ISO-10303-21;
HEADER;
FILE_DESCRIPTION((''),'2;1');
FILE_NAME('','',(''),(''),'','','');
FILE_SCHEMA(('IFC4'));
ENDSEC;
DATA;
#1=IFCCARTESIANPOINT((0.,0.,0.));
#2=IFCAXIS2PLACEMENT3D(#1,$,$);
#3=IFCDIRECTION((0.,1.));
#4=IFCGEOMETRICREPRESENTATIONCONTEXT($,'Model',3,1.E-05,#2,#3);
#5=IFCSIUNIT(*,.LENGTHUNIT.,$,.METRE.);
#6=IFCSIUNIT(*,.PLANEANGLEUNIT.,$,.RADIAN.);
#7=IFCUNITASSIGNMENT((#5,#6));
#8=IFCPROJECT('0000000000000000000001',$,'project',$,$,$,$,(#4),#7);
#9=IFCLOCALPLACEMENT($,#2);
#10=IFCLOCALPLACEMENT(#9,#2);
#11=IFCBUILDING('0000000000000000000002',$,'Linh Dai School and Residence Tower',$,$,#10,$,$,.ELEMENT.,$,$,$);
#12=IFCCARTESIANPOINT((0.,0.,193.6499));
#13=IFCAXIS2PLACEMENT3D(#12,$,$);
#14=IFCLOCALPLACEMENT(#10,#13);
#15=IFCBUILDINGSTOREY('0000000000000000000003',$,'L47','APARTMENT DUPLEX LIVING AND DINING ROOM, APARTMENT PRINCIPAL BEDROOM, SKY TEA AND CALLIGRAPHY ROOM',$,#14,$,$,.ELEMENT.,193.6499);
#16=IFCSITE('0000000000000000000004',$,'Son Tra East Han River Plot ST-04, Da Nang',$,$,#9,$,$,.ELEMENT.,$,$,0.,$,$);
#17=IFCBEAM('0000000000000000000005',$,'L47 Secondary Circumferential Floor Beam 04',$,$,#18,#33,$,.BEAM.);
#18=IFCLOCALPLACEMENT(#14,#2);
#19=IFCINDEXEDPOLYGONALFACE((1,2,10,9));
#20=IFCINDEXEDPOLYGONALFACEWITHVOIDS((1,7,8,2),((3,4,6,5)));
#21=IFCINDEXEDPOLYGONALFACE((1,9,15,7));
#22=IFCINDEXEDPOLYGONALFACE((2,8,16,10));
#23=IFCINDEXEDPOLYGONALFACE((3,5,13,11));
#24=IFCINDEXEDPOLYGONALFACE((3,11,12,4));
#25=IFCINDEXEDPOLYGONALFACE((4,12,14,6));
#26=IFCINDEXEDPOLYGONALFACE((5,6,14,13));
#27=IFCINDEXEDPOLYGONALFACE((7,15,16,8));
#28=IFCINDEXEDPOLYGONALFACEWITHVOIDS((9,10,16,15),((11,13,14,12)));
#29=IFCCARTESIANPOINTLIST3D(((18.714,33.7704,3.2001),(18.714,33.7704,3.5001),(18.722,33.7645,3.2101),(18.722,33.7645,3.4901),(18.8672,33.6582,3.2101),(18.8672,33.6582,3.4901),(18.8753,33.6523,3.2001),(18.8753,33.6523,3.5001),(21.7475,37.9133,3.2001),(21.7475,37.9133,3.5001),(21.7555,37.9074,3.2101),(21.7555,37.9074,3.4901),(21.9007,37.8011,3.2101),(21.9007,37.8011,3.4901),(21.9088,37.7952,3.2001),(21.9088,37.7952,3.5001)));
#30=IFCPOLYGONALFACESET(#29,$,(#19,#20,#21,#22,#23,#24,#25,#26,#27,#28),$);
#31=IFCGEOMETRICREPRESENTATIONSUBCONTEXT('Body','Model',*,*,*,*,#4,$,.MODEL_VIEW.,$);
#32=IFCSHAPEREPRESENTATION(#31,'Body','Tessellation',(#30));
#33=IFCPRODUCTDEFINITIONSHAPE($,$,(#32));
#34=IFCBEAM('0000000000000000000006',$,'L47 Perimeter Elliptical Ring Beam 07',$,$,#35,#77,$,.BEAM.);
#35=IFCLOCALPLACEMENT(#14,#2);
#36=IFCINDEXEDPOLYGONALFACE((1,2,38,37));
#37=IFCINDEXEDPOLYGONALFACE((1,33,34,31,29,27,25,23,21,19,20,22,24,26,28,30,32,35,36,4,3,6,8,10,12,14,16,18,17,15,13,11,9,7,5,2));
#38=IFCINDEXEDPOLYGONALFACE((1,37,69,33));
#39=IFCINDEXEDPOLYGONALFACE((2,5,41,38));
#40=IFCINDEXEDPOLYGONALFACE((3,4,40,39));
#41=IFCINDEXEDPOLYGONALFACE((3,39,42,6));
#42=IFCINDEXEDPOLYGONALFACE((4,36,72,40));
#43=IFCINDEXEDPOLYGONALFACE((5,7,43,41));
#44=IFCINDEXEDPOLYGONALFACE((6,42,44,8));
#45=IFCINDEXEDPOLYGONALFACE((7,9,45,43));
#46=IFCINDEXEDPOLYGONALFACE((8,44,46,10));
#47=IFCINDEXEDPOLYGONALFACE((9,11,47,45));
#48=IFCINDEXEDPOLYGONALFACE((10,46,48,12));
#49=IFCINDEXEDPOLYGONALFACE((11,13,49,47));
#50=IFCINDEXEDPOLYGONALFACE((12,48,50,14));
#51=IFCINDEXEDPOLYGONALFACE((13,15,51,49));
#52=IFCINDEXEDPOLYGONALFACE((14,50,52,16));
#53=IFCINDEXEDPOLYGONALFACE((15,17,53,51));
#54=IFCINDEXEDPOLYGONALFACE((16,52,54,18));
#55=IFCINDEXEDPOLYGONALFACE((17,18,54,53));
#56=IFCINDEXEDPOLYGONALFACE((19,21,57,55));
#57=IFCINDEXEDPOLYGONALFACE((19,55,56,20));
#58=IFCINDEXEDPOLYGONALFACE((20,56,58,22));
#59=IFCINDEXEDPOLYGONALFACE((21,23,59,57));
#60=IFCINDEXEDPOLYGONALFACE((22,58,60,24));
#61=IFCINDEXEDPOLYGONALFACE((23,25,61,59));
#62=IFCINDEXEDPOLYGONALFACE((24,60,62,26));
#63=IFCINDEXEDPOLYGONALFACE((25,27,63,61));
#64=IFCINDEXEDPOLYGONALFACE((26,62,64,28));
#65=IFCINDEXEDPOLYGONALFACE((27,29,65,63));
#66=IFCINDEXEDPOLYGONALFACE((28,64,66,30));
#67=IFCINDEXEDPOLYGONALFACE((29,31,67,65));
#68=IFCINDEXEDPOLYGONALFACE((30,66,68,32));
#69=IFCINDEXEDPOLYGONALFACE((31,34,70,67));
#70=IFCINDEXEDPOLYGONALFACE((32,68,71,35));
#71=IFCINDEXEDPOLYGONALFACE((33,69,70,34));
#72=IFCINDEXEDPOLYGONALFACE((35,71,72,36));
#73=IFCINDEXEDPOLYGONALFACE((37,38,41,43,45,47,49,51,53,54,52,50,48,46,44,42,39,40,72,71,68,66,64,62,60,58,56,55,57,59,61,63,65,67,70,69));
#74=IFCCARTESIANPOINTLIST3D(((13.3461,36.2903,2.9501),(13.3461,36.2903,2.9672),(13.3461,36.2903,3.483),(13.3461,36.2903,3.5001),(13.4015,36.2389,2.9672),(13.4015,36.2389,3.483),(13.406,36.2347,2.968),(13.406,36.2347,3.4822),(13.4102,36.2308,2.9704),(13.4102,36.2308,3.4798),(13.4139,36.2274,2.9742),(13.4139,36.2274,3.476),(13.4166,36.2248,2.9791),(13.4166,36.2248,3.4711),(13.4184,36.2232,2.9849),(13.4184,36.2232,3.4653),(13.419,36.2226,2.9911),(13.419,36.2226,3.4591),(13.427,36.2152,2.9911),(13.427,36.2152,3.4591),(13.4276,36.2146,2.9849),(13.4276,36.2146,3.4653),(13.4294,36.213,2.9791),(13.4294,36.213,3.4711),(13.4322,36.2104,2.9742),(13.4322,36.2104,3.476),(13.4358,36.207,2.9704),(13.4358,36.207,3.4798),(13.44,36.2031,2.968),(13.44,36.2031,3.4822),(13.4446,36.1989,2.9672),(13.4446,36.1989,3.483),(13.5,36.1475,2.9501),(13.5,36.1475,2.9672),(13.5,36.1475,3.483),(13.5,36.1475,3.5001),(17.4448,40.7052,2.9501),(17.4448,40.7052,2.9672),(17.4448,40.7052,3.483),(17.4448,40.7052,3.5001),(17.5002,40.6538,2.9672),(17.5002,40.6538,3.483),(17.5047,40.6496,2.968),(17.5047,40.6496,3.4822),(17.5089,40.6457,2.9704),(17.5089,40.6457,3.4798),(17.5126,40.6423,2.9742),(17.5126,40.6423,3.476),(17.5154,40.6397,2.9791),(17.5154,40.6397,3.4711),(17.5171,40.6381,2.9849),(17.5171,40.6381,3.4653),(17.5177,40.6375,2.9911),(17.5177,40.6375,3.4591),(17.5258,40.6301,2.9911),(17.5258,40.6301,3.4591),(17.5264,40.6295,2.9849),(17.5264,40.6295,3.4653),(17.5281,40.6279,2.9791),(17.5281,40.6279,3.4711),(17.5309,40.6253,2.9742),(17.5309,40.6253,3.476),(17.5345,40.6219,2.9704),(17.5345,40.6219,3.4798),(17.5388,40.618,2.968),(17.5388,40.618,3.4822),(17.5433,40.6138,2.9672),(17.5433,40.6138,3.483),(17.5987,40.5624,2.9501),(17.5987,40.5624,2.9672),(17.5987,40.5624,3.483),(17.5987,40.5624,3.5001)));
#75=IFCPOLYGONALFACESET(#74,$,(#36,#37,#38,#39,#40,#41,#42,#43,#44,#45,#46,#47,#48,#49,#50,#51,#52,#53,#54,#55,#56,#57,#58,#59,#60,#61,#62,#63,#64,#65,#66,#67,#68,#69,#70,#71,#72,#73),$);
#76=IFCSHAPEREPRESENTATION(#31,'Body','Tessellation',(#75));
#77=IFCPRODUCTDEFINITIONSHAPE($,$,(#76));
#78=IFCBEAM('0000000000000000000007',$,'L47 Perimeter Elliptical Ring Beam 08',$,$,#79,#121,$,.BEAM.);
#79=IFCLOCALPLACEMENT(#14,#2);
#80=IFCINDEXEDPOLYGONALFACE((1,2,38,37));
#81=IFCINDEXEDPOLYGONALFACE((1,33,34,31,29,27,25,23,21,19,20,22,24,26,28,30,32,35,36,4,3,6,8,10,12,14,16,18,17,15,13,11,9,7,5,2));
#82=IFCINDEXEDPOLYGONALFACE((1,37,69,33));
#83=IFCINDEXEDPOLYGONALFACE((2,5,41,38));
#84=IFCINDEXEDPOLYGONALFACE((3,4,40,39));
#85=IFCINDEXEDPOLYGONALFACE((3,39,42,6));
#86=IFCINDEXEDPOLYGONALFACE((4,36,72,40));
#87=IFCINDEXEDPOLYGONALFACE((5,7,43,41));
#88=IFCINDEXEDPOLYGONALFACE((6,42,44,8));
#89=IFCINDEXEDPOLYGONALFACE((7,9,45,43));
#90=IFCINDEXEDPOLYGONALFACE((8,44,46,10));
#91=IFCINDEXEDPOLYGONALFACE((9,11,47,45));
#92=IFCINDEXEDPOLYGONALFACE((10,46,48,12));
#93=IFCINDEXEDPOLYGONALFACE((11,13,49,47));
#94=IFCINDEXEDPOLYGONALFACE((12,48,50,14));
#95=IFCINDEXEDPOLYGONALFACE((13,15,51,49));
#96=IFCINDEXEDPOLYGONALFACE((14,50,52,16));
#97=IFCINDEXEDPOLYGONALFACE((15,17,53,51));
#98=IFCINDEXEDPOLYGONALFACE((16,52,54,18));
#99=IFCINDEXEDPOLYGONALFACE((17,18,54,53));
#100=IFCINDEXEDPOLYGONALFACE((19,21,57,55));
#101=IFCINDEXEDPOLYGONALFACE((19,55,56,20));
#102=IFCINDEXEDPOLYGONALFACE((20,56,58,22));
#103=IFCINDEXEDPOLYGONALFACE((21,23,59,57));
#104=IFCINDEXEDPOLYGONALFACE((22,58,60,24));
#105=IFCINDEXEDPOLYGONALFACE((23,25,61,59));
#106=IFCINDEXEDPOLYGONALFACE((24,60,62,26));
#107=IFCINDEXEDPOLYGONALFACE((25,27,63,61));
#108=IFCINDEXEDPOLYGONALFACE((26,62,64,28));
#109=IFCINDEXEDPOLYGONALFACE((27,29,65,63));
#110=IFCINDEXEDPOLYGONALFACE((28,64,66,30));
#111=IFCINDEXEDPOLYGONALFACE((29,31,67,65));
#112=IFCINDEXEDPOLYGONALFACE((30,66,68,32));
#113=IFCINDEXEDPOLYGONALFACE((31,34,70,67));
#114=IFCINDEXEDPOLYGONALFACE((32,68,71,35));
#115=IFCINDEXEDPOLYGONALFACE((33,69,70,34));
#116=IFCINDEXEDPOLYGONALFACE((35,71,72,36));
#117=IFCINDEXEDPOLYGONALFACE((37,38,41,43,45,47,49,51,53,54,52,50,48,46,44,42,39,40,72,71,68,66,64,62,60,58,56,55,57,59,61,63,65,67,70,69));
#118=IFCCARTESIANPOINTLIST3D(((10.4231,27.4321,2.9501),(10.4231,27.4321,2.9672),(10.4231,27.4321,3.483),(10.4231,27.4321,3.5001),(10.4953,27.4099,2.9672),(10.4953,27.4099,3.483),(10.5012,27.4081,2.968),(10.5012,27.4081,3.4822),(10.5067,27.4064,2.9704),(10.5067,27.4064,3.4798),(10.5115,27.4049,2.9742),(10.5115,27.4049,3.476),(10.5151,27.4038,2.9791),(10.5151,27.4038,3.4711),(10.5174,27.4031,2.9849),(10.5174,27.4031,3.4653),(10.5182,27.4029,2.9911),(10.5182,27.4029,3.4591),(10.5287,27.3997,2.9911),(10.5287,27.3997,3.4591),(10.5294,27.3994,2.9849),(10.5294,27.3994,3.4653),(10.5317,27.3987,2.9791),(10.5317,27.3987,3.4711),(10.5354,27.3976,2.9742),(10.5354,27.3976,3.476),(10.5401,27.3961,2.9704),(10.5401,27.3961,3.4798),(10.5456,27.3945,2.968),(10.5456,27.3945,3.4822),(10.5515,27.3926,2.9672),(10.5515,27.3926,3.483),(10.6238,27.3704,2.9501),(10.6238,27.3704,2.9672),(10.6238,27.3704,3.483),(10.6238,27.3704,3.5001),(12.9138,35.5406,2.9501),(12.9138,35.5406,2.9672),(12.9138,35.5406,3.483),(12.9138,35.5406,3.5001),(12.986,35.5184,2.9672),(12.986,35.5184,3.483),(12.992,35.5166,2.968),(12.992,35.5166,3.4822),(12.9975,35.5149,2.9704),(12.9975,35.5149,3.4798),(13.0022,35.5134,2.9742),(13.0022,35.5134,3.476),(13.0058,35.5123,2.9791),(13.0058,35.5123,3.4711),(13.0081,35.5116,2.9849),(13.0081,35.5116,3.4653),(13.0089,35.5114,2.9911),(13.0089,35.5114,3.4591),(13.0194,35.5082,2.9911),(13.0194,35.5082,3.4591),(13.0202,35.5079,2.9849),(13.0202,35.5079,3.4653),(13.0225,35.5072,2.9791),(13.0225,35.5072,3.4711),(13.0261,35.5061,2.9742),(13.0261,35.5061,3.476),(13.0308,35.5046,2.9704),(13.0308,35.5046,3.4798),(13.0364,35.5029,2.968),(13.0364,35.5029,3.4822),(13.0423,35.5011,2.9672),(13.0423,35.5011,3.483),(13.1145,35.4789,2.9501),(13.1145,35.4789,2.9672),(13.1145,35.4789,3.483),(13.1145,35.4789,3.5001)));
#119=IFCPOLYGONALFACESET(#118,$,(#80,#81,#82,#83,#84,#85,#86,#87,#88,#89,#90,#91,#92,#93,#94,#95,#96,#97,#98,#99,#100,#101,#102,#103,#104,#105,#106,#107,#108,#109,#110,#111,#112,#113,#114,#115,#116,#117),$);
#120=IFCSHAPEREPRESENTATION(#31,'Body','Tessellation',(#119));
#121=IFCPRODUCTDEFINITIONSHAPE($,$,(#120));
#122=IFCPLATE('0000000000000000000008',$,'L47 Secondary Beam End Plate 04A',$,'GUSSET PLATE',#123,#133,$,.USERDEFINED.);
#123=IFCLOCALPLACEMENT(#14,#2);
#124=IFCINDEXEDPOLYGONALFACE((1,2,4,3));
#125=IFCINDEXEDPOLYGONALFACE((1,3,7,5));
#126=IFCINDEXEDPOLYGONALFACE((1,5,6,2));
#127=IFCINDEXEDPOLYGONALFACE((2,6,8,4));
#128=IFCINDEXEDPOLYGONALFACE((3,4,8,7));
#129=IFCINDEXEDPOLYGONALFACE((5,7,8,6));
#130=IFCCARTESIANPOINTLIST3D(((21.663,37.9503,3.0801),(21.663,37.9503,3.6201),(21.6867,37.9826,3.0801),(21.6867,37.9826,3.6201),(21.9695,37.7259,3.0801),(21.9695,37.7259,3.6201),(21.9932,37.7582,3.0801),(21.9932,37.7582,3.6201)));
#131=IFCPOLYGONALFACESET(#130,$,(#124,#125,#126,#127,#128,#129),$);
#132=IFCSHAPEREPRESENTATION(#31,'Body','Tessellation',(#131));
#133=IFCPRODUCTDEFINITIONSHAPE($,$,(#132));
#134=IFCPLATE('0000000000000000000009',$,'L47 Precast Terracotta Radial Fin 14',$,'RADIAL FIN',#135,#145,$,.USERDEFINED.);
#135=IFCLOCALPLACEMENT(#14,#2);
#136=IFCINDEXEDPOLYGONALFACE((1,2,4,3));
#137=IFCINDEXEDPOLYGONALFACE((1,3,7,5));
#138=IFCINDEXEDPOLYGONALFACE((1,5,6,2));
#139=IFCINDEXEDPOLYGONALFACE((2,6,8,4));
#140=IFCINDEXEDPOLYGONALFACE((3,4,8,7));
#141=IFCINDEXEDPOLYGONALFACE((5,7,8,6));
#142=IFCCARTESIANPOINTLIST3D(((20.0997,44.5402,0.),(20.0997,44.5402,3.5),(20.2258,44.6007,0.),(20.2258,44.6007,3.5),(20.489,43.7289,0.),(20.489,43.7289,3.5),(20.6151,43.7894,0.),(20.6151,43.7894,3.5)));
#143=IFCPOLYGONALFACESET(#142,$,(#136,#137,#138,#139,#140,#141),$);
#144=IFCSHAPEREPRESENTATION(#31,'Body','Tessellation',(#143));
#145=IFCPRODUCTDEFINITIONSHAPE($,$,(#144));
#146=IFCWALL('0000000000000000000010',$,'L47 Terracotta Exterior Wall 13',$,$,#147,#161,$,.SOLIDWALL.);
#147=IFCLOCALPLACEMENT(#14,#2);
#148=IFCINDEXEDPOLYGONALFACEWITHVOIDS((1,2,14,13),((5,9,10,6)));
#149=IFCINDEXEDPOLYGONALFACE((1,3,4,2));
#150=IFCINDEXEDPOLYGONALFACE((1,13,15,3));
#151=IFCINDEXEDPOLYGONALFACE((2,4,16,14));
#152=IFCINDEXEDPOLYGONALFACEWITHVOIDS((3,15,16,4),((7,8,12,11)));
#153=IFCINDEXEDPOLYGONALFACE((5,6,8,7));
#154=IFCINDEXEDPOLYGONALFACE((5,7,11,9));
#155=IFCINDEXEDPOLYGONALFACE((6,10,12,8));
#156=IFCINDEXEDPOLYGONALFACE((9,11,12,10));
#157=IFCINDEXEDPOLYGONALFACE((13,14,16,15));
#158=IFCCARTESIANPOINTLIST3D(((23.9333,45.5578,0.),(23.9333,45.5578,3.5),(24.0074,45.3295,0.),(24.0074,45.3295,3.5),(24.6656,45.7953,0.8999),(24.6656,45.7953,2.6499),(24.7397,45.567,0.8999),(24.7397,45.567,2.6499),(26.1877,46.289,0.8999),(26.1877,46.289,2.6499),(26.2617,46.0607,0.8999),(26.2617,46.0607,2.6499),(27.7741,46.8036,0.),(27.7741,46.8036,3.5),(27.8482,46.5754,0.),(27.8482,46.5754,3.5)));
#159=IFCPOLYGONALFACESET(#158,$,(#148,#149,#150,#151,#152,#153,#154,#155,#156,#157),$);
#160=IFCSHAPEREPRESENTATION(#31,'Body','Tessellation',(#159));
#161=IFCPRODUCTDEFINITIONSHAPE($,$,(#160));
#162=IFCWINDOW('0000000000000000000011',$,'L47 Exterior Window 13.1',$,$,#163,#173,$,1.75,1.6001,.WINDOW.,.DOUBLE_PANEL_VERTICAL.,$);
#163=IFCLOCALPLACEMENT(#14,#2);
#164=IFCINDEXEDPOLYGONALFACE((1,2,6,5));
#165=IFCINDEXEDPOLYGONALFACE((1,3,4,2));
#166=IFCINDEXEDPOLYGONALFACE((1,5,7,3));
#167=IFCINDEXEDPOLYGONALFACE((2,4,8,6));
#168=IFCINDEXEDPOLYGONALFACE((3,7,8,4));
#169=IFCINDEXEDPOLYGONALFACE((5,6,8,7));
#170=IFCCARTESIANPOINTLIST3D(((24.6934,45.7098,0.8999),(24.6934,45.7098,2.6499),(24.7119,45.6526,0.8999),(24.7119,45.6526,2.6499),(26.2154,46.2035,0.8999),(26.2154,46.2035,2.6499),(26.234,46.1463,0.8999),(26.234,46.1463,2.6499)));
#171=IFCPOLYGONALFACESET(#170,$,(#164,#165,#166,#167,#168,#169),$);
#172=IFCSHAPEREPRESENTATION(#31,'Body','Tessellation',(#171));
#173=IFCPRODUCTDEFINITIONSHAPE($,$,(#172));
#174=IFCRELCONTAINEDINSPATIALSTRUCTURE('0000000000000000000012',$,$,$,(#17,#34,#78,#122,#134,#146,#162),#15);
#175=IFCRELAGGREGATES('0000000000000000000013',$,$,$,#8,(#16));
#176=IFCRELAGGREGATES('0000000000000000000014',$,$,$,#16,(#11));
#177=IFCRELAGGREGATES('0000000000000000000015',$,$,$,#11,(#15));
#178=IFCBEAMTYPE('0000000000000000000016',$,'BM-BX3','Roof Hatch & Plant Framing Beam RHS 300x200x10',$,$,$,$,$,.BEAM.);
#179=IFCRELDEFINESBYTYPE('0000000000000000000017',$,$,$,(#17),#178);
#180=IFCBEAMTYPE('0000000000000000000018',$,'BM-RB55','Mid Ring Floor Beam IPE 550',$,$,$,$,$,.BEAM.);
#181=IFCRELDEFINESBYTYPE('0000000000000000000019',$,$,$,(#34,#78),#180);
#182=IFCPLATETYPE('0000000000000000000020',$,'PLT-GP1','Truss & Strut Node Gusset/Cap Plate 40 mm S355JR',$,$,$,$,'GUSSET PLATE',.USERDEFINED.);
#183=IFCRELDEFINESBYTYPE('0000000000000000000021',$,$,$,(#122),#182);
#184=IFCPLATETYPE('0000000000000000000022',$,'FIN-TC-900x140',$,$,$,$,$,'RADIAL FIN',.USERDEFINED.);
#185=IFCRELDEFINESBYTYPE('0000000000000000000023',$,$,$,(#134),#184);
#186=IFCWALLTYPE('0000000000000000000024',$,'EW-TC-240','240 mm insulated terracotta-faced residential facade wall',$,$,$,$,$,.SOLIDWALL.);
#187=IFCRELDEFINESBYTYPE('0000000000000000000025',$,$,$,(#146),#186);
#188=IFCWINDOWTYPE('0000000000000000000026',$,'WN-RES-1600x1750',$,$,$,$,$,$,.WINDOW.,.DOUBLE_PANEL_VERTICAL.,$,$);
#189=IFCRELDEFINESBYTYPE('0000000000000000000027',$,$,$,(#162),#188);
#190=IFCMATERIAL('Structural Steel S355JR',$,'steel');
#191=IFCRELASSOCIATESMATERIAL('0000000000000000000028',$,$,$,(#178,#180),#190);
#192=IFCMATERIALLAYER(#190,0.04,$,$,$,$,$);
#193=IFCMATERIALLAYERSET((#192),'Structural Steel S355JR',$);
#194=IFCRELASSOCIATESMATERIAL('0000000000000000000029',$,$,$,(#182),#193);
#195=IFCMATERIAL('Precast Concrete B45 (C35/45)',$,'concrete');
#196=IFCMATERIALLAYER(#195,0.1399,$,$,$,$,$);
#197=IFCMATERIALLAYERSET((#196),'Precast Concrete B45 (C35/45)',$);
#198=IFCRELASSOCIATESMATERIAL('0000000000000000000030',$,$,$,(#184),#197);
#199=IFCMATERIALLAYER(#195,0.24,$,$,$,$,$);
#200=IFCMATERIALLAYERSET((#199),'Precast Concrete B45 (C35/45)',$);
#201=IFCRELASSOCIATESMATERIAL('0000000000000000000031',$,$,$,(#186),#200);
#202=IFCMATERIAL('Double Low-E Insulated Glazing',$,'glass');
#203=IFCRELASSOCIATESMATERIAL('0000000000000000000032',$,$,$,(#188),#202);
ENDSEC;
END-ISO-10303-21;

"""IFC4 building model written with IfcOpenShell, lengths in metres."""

from ifc_helpers import new_model, si_unit, direction, frame, frame_2d, origin, origin_2d, place, context, subcontext, project, spatial, rectangle, hollow_rectangle, i_section, extrude, source, transform, mapped, material, layer, layer_set, material_profile, profile_set, type_object, element, fill, save


model = new_model("IFC4")

# Units and contexts
model_context = context("Model", 3, precision=1e-05, world=origin(), true_north=direction((0.0, 1.0)))
body_context = subcontext(model_context, "Body", "Model", "MODEL_VIEW")
ifc_project = project(units=[si_unit("LENGTHUNIT", "METRE"), si_unit("PLANEANGLEUNIT", "RADIAN")], contexts=[model_context])

# Site, building, storey
site_placement = place(None, origin())
site = spatial("IfcSite", under=ifc_project, at=site_placement, Name="Son Tra East Han River Plot ST-04, Da Nang", CompositionType="ELEMENT", RefElevation=0.0)
building_placement = place(site_placement, origin())
building = spatial("IfcBuilding", under=site, at=building_placement, Name="Linh Dai School and Residence Tower", CompositionType="ELEMENT")
storey_placement = place(building_placement, frame((0.0, 0.0, 193.6499)))
storey = spatial("IfcBuildingStorey", under=building, at=storey_placement, Name="L47", Description="APARTMENT DUPLEX LIVING AND DINING ROOM, APARTMENT PRINCIPAL BEDROOM, SKY TEA AND CALLIGRAPHY ROOM", CompositionType="ELEMENT", Elevation=193.6499)

# Shared definitions
ifc_material_1 = material(Name="Structural Steel S355JR", Category="steel")

# Beams
ifc_material_profile_1 = material_profile(ifc_material_1, hollow_rectangle(XDim=0.2, YDim=0.3, WallThickness=0.01, at=origin_2d()), Name="RHS 300x200x10")
ifc_profile_set_1 = profile_set([ifc_material_profile_1], Name="Structural Steel S355JR")
beam_type_1 = type_object("IfcBeamType", Name="BM-BX3", Description="Roof Hatch & Plant Framing Beam RHS 300x200x10", PredefinedType="BEAM", material=ifc_profile_set_1)
beam_1_placement = place(storey_placement, frame((21.8281, 37.8542, 3.3501), z_axis=(-0.590778, -0.806834, 0.0), x_axis=(0.806834, -0.590778, 0.0)))
element("IfcBeam", 1, at=beam_1_placement, inside=storey, type_object=beam_type_1, Name="L47 Secondary Circumferential Floor Beam 04", PredefinedType="BEAM", context=body_context, shape_type="SweptSolid", body=[
    extrude(hollow_rectangle(XDim=0.2, YDim=0.3, WallThickness=0.01, at=origin_2d()), origin(), (0.0, 0.0, 1.0), 5.1348),
])
ifc_material_profile_2 = material_profile(ifc_material_1, i_section(OverallWidth=0.21, OverallDepth=0.55, WebThickness=0.011, FlangeThickness=0.0171, FilletRadius=0.0239, at=origin_2d()), Name="IPE 550")
ifc_profile_set_2 = profile_set([ifc_material_profile_2], Name="Structural Steel S355JR")
beam_type_2 = type_object("IfcBeamType", Name="BM-RB55", Description="Mid Ring Floor Beam IPE 550", PredefinedType="BEAM", material=ifc_profile_set_2)
beam_2_placement = place(storey_placement, frame((17.5217, 40.6338, 3.2251), z_axis=(-0.680378, -0.732861, 0.0), x_axis=(0.732861, -0.680378, 0.0)))
element("IfcBeam", 2, at=beam_2_placement, inside=storey, type_object=beam_type_2, Name="L47 Perimeter Elliptical Ring Beam 07", PredefinedType="BEAM", context=body_context, shape_type="SweptSolid", body=[
    extrude(i_section(OverallWidth=0.21, OverallDepth=0.55, WebThickness=0.011, FlangeThickness=0.0171, FilletRadius=0.0239, at=origin_2d()), origin(), (0.0, 0.0, 1.0), 6.0242),
])
beam_3_placement = place(storey_placement, frame((13.0142, 35.5098, 3.2251), z_axis=(-0.293637, -0.955917, 0.0), x_axis=(0.955917, -0.293637, 0.0)))
element("IfcBeam", 3, at=beam_3_placement, inside=storey, type_object=beam_type_2, Name="L47 Perimeter Elliptical Ring Beam 08", PredefinedType="BEAM", context=body_context, shape_type="SweptSolid", body=[
    extrude(i_section(OverallWidth=0.21, OverallDepth=0.55, WebThickness=0.011, FlangeThickness=0.0171, FilletRadius=0.0239, at=origin_2d()), origin(), (0.0, 0.0, 1.0), 8.4824),
])

# Plates
ifc_layer_1 = layer(ifc_material_1, 0.04)
ifc_layer_set_1 = layer_set([ifc_layer_1], Name="Structural Steel S355JR")
plate_type_1 = type_object("IfcPlateType", Name="PLT-GP1", Description="Truss & Strut Node Gusset/Cap Plate 40 mm S355JR", ElementType="GUSSET PLATE", PredefinedType="USERDEFINED", material=ifc_layer_set_1)
shared_shape_1 = source(origin(), body_context, "Body", "SweptSolid", [
    extrude(rectangle(XDim=0.04, YDim=0.3799, at=origin_2d()), origin(), (0.0, 0.0, 1.0), 0.54),
])
plate_1_placement = place(storey_placement, frame((21.8281, 37.8542, 3.0801), z_axis=(0.0, 0.0, 1.0), x_axis=(-0.590797, -0.80682, 0.0)))
element("IfcPlate", 4, at=plate_1_placement, inside=storey, type_object=plate_type_1, Name="L47 Secondary Beam End Plate 04A", ObjectType="GUSSET PLATE", PredefinedType="USERDEFINED", context=body_context, shape_type="MappedRepresentation", body=[
    mapped(shared_shape_1, transform((0.0, 0.0, 0.0), x_axis=(1.0, 0.0, 0.0), y_axis=(0.0, 1.0, 0.0), z_axis=(0.0, 0.0, 1.0), scale=1.0)),
])
ifc_material_2 = material(Name="Precast Concrete B45 (C35/45)", Category="concrete")
ifc_layer_2 = layer(ifc_material_2, 0.1399)
ifc_layer_set_2 = layer_set([ifc_layer_2], Name="Precast Concrete B45 (C35/45)")
plate_type_2 = type_object("IfcPlateType", Name="FIN-TC-900x140", ElementType="RADIAL FIN", PredefinedType="USERDEFINED", material=ifc_layer_set_2)
shared_shape_2 = source(origin(), body_context, "Body", "SweptSolid", [
    extrude(rectangle(XDim=0.8999, YDim=0.1399, at=origin_2d()), origin(), (0.0, 0.0, 1.0), 3.5),
])
plate_2_placement = place(storey_placement, frame((20.3574, 44.1648, 0.0), z_axis=(0.0, 0.0, 1.0), x_axis=(-0.432635, 0.901569, 0.0)))
element("IfcPlate", 5, at=plate_2_placement, inside=storey, type_object=plate_type_2, Name="L47 Precast Terracotta Radial Fin 14", ObjectType="RADIAL FIN", PredefinedType="USERDEFINED", context=body_context, shape_type="MappedRepresentation", body=[
    mapped(shared_shape_2, transform((0.0, 0.0, 0.0), x_axis=(1.0, 0.0, 0.0), y_axis=(0.0, 1.0, 0.0), z_axis=(0.0, 0.0, 1.0), scale=1.0)),
])

# Wall, opening, window
ifc_layer_3 = layer(ifc_material_2, 0.24)
ifc_layer_set_3 = layer_set([ifc_layer_3], Name="Precast Concrete B45 (C35/45)")
wall_type_1 = type_object("IfcWallType", Name="EW-TC-240", Description="240 mm insulated terracotta-faced residential facade wall", PredefinedType="SOLIDWALL", material=ifc_layer_set_3)
wall_1_placement = place(storey_placement, frame((23.9702, 45.4436, 0.0), z_axis=(0.0, 0.0, 1.0), x_axis=(0.95121, 0.308545, 0.0)))
wall_1 = element("IfcWall", 6, at=wall_1_placement, inside=storey, type_object=wall_type_1, Name="L47 Terracotta Exterior Wall 13", PredefinedType="SOLIDWALL", context=body_context, shape_type="SweptSolid", body=[
    extrude(rectangle(XDim=4.0378, YDim=0.24, at=frame_2d((2.019, 0.0))), origin(), (0.0, 0.0, 1.0), 3.5),
])
opening_1_placement = place(wall_1_placement, frame((0.77, 0.0, 0.8999)))
opening_1 = element("IfcOpeningElement", 7, at=opening_1_placement, cuts=wall_1, PredefinedType="OPENING", context=body_context, shape_type="SweptSolid", body=[
    extrude(rectangle(XDim=1.6001, YDim=1.75, at=origin_2d()), frame((0.8, 0.1299, 0.875), z_axis=(0.0, -1.0, 0.0), x_axis=(1.0, 0.0, 0.0)), (0.0, 0.0, 1.0), 0.26),
])
ifc_material_3 = material(Name="Double Low-E Insulated Glazing", Category="glass")
window_type_1 = type_object("IfcWindowType", Name="WN-RES-1600x1750", PartitioningType="DOUBLE_PANEL_VERTICAL", PredefinedType="WINDOW", material=ifc_material_3)
shared_shape_3 = source(origin(), body_context, "Body", "SweptSolid", [
    extrude(rectangle(XDim=1.6001, YDim=1.75, at=origin_2d()), frame((0.8, 0.03, 0.875), z_axis=(0.0, -1.0, 0.0), x_axis=(1.0, 0.0, 0.0)), (0.0, 0.0, 1.0), 0.0601),
])
window_1_placement = place(opening_1_placement, origin())
window_1 = element("IfcWindow", 8, at=window_1_placement, inside=storey, type_object=window_type_1, Name="L47 Exterior Window 13.1", OverallHeight=1.75, OverallWidth=1.6001, PartitioningType="DOUBLE_PANEL_VERTICAL", PredefinedType="WINDOW", context=body_context, shape_type="MappedRepresentation", body=[
    mapped(shared_shape_3, transform((0.0, 0.0, 0.0), x_axis=(1.0, 0.0, 0.0), y_axis=(0.0, 1.0, 0.0), z_axis=(0.0, 0.0, 1.0), scale=1.0)),
])
fill(opening_1, window_1)

save(model, "model.ifc")
